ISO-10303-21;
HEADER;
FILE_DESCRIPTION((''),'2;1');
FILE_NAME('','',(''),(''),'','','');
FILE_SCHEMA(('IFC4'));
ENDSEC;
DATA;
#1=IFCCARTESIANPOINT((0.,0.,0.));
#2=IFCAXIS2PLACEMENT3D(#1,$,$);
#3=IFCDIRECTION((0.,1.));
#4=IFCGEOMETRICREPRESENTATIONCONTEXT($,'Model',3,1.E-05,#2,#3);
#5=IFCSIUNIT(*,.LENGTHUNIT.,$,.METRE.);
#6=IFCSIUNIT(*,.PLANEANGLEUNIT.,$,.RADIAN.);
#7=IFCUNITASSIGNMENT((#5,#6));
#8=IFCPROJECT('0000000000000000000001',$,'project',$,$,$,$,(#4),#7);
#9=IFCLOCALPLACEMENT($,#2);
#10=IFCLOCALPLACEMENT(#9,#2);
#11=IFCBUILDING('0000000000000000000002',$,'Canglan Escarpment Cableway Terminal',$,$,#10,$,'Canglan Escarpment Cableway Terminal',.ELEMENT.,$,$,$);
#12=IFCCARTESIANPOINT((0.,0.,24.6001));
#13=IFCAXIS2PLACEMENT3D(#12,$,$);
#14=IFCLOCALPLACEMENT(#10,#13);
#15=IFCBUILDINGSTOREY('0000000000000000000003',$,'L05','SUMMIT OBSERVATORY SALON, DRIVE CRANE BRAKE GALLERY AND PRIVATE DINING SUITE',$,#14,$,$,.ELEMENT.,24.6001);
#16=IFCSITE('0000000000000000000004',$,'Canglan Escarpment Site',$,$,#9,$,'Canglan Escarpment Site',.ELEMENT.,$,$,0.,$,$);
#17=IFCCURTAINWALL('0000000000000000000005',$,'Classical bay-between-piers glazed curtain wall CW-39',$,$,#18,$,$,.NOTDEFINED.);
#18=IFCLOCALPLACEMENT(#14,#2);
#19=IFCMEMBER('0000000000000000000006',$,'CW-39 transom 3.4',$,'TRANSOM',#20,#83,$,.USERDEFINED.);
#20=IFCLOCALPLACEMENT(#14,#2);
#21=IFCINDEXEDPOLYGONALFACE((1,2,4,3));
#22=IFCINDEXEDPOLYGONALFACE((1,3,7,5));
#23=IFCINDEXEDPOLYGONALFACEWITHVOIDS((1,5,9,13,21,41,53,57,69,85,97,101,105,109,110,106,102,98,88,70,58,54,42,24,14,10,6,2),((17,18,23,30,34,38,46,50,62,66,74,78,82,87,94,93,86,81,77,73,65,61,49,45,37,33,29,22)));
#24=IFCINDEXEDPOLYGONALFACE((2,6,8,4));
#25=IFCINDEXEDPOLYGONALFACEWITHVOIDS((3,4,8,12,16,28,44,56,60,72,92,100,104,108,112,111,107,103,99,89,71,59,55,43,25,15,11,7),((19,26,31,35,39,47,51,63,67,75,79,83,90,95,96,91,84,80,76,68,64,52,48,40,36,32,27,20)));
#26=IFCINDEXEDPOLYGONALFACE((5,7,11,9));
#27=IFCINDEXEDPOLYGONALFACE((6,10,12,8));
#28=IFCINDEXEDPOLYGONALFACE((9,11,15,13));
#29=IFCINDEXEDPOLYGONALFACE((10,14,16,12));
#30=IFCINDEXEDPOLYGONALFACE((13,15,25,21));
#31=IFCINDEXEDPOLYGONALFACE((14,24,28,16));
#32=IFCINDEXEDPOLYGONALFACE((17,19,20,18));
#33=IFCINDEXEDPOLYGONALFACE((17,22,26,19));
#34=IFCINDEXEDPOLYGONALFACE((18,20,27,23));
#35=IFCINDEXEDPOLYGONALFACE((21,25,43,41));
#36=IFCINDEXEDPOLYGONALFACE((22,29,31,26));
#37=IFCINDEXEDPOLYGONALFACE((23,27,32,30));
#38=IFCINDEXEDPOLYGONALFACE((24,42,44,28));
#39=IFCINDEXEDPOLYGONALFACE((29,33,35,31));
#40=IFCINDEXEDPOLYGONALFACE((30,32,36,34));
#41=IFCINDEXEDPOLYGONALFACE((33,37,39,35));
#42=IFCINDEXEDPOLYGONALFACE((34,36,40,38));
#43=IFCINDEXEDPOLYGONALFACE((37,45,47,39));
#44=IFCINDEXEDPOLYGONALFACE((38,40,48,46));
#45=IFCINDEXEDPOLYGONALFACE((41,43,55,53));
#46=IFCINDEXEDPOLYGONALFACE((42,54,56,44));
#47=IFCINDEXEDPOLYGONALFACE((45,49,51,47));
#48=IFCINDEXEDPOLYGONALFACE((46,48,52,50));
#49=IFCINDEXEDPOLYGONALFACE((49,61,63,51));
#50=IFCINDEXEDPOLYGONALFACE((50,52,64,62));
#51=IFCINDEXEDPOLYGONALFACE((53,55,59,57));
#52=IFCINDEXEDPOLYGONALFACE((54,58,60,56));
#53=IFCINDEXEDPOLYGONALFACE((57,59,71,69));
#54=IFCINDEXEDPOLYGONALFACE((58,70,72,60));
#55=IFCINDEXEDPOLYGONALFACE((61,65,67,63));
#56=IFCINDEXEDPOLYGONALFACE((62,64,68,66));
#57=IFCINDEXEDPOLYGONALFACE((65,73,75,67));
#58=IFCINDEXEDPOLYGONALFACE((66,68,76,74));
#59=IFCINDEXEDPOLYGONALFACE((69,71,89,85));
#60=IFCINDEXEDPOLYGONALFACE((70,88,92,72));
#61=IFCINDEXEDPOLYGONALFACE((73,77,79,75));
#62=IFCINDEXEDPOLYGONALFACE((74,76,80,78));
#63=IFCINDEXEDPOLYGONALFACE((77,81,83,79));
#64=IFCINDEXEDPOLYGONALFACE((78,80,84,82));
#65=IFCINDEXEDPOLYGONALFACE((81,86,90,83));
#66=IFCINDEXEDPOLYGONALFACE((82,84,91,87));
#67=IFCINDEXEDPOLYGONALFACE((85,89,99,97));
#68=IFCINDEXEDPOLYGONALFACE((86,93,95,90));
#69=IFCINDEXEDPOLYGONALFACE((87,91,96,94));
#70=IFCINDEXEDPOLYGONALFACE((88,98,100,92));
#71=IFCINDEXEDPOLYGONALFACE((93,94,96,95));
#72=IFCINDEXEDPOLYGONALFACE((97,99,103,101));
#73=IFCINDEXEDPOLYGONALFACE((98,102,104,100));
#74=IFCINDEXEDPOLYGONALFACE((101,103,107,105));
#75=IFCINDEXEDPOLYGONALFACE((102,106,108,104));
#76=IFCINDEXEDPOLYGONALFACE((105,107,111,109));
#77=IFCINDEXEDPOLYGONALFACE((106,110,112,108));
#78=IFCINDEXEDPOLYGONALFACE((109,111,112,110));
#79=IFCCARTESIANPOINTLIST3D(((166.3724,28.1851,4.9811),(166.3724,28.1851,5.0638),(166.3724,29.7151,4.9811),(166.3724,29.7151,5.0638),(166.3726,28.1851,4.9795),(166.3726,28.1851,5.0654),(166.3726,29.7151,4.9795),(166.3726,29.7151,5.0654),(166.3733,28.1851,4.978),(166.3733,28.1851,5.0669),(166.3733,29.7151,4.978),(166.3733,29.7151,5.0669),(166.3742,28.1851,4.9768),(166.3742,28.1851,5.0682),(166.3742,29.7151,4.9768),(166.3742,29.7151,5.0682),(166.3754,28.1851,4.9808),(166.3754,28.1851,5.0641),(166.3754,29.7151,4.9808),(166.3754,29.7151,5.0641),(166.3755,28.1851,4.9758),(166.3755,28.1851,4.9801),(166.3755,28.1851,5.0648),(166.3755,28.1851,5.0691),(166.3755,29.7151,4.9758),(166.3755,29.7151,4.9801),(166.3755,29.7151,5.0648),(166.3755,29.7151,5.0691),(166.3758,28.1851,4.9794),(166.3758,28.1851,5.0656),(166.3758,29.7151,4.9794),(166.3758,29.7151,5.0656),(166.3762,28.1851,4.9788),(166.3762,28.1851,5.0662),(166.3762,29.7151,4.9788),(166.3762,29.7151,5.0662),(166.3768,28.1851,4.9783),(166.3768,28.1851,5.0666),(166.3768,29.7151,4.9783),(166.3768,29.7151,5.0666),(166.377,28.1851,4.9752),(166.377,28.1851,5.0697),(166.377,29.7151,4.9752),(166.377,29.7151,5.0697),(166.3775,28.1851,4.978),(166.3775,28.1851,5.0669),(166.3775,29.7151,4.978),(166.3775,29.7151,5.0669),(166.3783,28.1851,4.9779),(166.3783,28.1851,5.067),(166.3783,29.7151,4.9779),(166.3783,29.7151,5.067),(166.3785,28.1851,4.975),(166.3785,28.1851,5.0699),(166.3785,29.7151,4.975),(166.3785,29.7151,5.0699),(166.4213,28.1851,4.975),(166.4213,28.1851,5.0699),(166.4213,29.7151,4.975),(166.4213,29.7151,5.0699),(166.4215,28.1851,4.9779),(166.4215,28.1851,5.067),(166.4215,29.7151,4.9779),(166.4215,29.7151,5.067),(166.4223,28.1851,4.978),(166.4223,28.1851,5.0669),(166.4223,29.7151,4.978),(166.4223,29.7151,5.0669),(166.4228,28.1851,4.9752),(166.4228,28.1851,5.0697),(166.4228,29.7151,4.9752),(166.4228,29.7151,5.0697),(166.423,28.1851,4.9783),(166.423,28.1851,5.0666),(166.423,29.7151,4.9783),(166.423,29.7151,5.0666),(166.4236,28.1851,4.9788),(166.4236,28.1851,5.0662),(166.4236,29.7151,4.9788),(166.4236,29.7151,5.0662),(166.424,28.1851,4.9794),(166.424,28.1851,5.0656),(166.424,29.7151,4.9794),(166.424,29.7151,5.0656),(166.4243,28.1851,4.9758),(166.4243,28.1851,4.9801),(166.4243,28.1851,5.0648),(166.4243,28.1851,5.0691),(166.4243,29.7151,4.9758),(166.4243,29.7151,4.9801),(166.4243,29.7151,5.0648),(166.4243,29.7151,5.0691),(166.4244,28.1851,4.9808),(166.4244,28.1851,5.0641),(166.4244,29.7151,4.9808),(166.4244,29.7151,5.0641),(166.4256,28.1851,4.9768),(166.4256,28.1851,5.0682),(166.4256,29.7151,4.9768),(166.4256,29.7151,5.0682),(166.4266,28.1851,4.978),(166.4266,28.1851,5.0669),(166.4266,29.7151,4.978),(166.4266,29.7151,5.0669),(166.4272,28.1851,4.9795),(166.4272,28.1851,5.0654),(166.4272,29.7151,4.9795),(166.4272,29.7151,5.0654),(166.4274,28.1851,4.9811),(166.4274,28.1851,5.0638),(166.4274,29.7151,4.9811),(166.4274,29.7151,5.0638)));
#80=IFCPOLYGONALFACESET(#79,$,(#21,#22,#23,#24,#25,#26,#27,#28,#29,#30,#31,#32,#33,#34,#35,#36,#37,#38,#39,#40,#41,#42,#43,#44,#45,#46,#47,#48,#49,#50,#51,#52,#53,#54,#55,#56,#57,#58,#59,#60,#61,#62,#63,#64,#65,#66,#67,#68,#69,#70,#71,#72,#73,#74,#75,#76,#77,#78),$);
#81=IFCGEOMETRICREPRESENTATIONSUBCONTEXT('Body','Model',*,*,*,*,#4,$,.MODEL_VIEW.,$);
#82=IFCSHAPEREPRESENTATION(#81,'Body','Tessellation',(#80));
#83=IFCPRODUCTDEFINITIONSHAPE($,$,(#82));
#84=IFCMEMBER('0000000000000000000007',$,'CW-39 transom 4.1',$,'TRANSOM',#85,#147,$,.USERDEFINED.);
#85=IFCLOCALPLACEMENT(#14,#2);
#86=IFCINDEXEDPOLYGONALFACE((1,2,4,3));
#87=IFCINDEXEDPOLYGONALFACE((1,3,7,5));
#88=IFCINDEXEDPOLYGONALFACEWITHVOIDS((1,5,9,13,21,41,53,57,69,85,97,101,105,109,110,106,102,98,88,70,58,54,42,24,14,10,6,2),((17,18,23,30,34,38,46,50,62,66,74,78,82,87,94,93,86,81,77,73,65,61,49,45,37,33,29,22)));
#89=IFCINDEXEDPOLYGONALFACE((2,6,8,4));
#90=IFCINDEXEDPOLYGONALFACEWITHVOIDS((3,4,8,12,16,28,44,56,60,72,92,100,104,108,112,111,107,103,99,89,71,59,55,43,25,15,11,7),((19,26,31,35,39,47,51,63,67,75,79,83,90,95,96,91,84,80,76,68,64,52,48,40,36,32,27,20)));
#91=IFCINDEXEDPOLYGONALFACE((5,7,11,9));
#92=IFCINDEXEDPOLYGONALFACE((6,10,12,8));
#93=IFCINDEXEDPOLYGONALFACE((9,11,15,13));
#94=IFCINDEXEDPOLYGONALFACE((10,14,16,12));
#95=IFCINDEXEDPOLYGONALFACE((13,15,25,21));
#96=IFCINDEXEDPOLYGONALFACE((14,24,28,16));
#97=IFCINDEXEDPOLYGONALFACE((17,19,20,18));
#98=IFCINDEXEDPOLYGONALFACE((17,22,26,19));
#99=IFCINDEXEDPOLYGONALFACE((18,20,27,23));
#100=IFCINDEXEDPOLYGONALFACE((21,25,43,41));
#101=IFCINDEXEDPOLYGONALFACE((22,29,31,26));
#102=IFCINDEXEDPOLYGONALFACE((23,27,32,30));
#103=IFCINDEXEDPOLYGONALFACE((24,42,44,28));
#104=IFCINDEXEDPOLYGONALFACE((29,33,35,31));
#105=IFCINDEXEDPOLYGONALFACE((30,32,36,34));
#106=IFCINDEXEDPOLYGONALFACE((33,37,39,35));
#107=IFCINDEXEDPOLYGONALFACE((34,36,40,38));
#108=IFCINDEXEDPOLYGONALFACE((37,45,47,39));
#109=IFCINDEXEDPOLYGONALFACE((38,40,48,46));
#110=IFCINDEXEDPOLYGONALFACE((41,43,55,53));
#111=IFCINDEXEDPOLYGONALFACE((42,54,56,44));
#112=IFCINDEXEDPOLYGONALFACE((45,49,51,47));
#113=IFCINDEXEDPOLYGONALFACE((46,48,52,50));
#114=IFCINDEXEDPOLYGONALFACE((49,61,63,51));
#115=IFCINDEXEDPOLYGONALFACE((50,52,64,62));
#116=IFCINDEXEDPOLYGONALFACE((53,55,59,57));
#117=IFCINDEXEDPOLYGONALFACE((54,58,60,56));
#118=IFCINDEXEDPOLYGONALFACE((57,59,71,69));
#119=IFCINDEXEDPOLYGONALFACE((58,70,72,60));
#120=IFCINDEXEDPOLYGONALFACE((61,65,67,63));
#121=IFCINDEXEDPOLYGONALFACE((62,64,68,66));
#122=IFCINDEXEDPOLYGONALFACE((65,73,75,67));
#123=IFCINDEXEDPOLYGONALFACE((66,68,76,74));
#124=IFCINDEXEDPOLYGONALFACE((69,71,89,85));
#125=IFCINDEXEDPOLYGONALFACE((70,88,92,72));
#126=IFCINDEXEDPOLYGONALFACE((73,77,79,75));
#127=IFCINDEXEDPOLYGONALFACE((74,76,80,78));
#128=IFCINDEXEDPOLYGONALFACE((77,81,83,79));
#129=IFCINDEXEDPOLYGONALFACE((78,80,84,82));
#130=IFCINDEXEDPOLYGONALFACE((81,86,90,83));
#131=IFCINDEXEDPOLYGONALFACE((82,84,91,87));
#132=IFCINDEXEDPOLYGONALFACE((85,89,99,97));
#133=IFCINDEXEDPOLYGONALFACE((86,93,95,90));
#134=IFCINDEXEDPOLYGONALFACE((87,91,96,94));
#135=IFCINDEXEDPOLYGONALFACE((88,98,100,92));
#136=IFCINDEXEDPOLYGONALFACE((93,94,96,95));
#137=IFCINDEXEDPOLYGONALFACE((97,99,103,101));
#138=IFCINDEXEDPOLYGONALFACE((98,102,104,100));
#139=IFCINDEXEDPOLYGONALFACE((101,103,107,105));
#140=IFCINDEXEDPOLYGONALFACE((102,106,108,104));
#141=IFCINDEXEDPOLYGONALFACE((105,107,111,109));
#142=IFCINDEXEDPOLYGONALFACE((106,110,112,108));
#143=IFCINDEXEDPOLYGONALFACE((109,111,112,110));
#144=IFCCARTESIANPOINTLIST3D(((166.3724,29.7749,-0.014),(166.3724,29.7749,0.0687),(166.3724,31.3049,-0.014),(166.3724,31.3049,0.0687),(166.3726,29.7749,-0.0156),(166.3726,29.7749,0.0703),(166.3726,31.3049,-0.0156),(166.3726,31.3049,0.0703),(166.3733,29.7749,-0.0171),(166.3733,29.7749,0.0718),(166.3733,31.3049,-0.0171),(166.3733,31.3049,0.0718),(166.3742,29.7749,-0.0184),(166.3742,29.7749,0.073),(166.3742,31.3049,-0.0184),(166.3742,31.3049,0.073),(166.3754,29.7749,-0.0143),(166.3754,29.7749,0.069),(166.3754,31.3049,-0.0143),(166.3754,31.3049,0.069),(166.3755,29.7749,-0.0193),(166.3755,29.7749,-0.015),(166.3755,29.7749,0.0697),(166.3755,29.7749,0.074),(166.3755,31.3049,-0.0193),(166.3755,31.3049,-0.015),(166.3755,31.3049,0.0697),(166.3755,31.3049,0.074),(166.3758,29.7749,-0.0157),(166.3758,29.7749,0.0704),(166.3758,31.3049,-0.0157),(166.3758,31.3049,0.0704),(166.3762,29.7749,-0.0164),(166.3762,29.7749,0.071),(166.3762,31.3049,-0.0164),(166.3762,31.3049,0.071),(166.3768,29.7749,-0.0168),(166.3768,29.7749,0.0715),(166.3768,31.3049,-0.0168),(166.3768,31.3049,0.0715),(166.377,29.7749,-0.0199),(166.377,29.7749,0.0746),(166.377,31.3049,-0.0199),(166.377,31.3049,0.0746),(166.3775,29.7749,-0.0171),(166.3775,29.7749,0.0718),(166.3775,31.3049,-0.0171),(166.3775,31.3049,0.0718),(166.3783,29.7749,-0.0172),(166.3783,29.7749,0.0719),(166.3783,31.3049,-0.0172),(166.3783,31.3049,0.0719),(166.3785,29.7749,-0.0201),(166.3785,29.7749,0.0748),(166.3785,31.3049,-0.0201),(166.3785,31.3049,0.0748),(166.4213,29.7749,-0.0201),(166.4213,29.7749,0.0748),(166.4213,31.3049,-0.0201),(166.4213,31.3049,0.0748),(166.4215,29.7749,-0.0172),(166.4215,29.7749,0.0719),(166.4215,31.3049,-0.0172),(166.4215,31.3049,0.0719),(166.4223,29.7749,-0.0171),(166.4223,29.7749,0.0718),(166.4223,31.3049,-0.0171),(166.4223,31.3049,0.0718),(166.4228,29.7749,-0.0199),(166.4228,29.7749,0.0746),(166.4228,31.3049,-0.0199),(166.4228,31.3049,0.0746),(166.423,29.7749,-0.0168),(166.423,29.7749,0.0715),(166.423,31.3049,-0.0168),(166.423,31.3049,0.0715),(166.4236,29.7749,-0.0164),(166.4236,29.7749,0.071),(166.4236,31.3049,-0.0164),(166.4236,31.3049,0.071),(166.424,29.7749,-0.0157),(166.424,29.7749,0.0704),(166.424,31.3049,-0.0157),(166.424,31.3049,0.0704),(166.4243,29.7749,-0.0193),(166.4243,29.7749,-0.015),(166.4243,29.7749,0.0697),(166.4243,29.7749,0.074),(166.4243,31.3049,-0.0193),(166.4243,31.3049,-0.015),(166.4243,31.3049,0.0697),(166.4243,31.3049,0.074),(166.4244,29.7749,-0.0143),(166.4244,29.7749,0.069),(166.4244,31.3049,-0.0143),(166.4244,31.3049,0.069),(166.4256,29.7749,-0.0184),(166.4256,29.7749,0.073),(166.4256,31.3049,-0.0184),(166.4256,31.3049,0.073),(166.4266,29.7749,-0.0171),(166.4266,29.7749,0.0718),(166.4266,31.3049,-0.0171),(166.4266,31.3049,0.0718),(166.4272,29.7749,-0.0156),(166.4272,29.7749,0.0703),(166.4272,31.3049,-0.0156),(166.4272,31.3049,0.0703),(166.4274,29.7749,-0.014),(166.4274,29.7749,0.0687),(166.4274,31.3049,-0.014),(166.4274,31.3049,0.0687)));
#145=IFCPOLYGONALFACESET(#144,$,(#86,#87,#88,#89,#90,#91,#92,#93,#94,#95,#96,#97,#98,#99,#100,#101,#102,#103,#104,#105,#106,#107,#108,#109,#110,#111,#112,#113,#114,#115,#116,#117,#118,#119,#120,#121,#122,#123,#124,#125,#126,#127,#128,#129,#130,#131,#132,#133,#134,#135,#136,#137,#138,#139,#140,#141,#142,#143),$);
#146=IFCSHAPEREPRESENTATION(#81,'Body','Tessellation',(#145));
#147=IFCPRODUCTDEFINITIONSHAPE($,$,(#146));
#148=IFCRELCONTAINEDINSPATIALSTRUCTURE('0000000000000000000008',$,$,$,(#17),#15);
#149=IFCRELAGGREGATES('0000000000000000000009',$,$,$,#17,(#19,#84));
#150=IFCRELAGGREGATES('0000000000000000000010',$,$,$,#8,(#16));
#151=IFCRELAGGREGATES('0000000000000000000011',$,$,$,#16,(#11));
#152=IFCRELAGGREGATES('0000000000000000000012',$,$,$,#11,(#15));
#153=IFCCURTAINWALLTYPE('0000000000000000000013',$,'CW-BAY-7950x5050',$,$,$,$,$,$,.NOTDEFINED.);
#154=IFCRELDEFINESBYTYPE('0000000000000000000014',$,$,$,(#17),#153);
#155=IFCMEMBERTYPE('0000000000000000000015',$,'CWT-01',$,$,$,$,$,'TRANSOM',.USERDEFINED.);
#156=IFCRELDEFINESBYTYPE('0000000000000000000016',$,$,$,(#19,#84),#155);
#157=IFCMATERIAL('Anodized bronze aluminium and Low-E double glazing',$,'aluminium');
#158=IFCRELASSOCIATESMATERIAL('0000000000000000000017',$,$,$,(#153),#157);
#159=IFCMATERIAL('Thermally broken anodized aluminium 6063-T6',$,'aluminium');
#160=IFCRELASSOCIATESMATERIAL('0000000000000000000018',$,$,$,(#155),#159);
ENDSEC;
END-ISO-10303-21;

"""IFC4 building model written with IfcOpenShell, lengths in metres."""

from ifc_helpers import new_model, si_unit, direction, frame, origin, origin_2d, place, context, subcontext, project, spatial, hollow_rectangle, extrude, material, material_profile, profile_set, type_object, element, aggregate, save


model = new_model("IFC4")

# Units and contexts
model_context = context("Model", 3, precision=1e-05, world=origin(), true_north=direction((0.0, 1.0)))
body_context = subcontext(model_context, "Body", "Model", "MODEL_VIEW")
ifc_project = project(units=[si_unit("LENGTHUNIT", "METRE"), si_unit("PLANEANGLEUNIT", "RADIAN")], contexts=[model_context])

# Site, building, storey
site_placement = place(None, origin())
site = spatial("IfcSite", under=ifc_project, at=site_placement, Name="Canglan Escarpment Site", LongName="Canglan Escarpment Site", CompositionType="ELEMENT", RefElevation=0.0)
building_placement = place(site_placement, origin())
building = spatial("IfcBuilding", under=site, at=building_placement, Name="Canglan Escarpment Cableway Terminal", LongName="Canglan Escarpment Cableway Terminal", CompositionType="ELEMENT")
storey_placement = place(building_placement, frame((0.0, 0.0, 24.6001)))
storey = spatial("IfcBuildingStorey", under=building, at=storey_placement, Name="L05", Description="SUMMIT OBSERVATORY SALON, DRIVE CRANE BRAKE GALLERY AND PRIVATE DINING SUITE", CompositionType="ELEMENT", Elevation=24.6001)

# Curtain wall, members
ifc_material_1 = material(Name="Anodized bronze aluminium and Low-E double glazing", Category="aluminium")
curtain_wall_type = type_object("IfcCurtainWallType", Name="CW-BAY-7950x5050", PredefinedType="NOTDEFINED", material=ifc_material_1)
curtain_wall_placement = place(storey_placement, origin())
curtain_wall = element("IfcCurtainWall", 1, at=curtain_wall_placement, inside=storey, type_object=curtain_wall_type, Name="Classical bay-between-piers glazed curtain wall CW-39", PredefinedType="NOTDEFINED")
ifc_material_2 = material(Name="Thermally broken anodized aluminium 6063-T6", Category="aluminium")
ifc_material_profile_1 = material_profile(ifc_material_2, hollow_rectangle(XDim=0.0549, YDim=0.095, WallThickness=0.0029, InnerFilletRadius=0.0029, OuterFilletRadius=0.0061, at=origin_2d()), Name="ALU-TRAN 55x95x3")
ifc_profile_set_1 = profile_set([ifc_material_profile_1], Name="Thermally broken anodized aluminium 6063-T6")
member_type_1 = type_object("IfcMemberType", Name="CWT-01", ElementType="TRANSOM", PredefinedType="USERDEFINED", material=ifc_profile_set_1)
member_1_placement = place(storey_placement, frame((166.3999, 28.1851, 5.0225), z_axis=(0.0, 1.0, 0.0), x_axis=(-1.0, 0.0, 0.0)))
member_1 = element("IfcMember", 2, at=member_1_placement, type_object=member_type_1, Name="CW-39 transom 3.4", ObjectType="TRANSOM", PredefinedType="USERDEFINED", context=body_context, shape_type="SweptSolid", body=[
    extrude(hollow_rectangle(XDim=0.0549, YDim=0.095, WallThickness=0.0029, InnerFilletRadius=0.0029, OuterFilletRadius=0.0061, at=origin_2d()), origin(), (0.0, 0.0, 1.0), 1.53),
])
member_2_placement = place(storey_placement, frame((166.3999, 29.7749, 0.0273), z_axis=(0.0, 1.0, 0.0), x_axis=(-1.0, 0.0, 0.0)))
member_2 = element("IfcMember", 3, at=member_2_placement, type_object=member_type_1, Name="CW-39 transom 4.1", ObjectType="TRANSOM", PredefinedType="USERDEFINED", context=body_context, shape_type="SweptSolid", body=[
    extrude(hollow_rectangle(XDim=0.0549, YDim=0.095, WallThickness=0.0029, InnerFilletRadius=0.0029, OuterFilletRadius=0.0061, at=origin_2d()), origin(), (0.0, 0.0, 1.0), 1.53),
])
aggregate(curtain_wall, [member_1, member_2])

save(model, "model.ifc")
